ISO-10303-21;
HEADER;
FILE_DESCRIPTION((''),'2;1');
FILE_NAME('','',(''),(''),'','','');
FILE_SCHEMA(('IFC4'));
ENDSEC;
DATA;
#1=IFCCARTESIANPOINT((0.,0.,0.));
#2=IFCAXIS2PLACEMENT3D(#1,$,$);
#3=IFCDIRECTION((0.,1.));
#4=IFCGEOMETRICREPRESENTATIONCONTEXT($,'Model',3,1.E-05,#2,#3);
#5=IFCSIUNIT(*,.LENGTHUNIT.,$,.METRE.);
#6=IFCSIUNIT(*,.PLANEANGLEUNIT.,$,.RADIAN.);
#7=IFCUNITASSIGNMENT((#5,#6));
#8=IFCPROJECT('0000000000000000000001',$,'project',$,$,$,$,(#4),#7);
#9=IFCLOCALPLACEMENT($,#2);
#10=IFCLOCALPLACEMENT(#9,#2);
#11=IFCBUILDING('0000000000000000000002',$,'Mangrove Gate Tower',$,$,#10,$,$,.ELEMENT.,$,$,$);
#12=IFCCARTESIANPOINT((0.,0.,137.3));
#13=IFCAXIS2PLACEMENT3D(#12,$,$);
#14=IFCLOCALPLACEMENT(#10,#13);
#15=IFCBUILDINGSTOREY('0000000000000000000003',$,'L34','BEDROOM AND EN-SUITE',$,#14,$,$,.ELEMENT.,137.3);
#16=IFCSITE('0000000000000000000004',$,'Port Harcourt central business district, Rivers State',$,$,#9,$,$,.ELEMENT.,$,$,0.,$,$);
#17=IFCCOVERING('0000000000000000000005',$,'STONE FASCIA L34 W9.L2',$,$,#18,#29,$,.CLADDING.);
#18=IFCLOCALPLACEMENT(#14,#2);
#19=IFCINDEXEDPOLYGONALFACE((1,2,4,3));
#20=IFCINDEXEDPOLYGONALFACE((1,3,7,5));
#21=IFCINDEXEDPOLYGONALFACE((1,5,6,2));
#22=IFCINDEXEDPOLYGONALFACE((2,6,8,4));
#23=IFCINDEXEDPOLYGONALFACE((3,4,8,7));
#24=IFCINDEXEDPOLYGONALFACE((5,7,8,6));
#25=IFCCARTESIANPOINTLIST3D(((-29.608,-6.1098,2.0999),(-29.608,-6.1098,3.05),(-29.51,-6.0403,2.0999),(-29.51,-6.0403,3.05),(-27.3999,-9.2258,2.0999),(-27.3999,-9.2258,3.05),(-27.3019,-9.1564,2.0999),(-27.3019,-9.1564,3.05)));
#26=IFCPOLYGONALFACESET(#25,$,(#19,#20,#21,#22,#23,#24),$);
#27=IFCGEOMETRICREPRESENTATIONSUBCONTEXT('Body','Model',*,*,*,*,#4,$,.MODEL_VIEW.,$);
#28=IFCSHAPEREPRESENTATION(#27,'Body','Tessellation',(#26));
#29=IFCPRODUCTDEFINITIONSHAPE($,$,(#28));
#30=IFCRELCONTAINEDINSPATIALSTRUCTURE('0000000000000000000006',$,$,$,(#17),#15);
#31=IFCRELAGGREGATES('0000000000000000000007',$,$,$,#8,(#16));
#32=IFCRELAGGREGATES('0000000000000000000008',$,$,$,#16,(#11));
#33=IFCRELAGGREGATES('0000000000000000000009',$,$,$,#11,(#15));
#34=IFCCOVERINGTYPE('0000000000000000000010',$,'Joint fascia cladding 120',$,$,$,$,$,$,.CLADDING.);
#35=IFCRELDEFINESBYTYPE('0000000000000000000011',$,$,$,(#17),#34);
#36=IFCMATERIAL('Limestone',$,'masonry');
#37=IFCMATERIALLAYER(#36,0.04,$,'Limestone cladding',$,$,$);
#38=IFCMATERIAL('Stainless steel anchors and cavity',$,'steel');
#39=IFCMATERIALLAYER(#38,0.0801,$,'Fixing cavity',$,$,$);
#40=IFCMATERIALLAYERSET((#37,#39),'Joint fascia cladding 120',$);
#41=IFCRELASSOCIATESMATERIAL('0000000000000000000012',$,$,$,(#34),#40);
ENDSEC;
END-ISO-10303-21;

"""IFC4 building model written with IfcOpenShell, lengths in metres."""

from ifc_helpers import new_model, si_unit, direction, frame, frame_2d, origin, place, context, subcontext, project, spatial, rectangle, extrude, material, layer, layer_set, type_object, element, save


model = new_model("IFC4")

# Units and contexts
model_context = context("Model", 3, precision=1e-05, world=origin(), true_north=direction((0.0, 1.0)))
body_context = subcontext(model_context, "Body", "Model", "MODEL_VIEW")
ifc_project = project(units=[si_unit("LENGTHUNIT", "METRE"), si_unit("PLANEANGLEUNIT", "RADIAN")], contexts=[model_context])

# Site, building, storey
site_placement = place(None, origin())
site = spatial("IfcSite", under=ifc_project, at=site_placement, Name="Port Harcourt central business district, Rivers State", CompositionType="ELEMENT", RefElevation=0.0)
building_placement = place(site_placement, origin())
building = spatial("IfcBuilding", under=site, at=building_placement, Name="Mangrove Gate Tower", CompositionType="ELEMENT")
storey_placement = place(building_placement, frame((0.0, 0.0, 137.3)))
storey = spatial("IfcBuildingStorey", under=building, at=storey_placement, Name="L34", Description="BEDROOM AND EN-SUITE", CompositionType="ELEMENT", Elevation=137.3)

# Shared definitions
ifc_material_1 = material(Name="Limestone", Category="masonry")

# Covering
ifc_layer_1 = layer(ifc_material_1, 0.04, Name="Limestone cladding")
ifc_material_2 = material(Name="Stainless steel anchors and cavity", Category="steel")
ifc_layer_2 = layer(ifc_material_2, 0.0801, Name="Fixing cavity")
ifc_layer_set_1 = layer_set([ifc_layer_1, ifc_layer_2], Name="Joint fascia cladding 120")
covering_type = type_object("IfcCoveringType", Name="Joint fascia cladding 120", PredefinedType="CLADDING", material=ifc_layer_set_1)
covering_placement = place(storey_placement, frame((-29.5591, -6.075, 2.0999), z_axis=(0.0, 0.0, 1.0), x_axis=(0.578168, -0.815918, 0.0)))
element("IfcCovering", 1, at=covering_placement, inside=storey, type_object=covering_type, Name="STONE FASCIA L34 W9.L2", PredefinedType="CLADDING", context=body_context, shape_type="SweptSolid", body=[
    extrude(rectangle(XDim=3.8191, YDim=0.1201, at=frame_2d((1.9097, 0.0))), origin(), (0.0, 0.0, 1.0), 0.9502),
])

save(model, "model.ifc")
